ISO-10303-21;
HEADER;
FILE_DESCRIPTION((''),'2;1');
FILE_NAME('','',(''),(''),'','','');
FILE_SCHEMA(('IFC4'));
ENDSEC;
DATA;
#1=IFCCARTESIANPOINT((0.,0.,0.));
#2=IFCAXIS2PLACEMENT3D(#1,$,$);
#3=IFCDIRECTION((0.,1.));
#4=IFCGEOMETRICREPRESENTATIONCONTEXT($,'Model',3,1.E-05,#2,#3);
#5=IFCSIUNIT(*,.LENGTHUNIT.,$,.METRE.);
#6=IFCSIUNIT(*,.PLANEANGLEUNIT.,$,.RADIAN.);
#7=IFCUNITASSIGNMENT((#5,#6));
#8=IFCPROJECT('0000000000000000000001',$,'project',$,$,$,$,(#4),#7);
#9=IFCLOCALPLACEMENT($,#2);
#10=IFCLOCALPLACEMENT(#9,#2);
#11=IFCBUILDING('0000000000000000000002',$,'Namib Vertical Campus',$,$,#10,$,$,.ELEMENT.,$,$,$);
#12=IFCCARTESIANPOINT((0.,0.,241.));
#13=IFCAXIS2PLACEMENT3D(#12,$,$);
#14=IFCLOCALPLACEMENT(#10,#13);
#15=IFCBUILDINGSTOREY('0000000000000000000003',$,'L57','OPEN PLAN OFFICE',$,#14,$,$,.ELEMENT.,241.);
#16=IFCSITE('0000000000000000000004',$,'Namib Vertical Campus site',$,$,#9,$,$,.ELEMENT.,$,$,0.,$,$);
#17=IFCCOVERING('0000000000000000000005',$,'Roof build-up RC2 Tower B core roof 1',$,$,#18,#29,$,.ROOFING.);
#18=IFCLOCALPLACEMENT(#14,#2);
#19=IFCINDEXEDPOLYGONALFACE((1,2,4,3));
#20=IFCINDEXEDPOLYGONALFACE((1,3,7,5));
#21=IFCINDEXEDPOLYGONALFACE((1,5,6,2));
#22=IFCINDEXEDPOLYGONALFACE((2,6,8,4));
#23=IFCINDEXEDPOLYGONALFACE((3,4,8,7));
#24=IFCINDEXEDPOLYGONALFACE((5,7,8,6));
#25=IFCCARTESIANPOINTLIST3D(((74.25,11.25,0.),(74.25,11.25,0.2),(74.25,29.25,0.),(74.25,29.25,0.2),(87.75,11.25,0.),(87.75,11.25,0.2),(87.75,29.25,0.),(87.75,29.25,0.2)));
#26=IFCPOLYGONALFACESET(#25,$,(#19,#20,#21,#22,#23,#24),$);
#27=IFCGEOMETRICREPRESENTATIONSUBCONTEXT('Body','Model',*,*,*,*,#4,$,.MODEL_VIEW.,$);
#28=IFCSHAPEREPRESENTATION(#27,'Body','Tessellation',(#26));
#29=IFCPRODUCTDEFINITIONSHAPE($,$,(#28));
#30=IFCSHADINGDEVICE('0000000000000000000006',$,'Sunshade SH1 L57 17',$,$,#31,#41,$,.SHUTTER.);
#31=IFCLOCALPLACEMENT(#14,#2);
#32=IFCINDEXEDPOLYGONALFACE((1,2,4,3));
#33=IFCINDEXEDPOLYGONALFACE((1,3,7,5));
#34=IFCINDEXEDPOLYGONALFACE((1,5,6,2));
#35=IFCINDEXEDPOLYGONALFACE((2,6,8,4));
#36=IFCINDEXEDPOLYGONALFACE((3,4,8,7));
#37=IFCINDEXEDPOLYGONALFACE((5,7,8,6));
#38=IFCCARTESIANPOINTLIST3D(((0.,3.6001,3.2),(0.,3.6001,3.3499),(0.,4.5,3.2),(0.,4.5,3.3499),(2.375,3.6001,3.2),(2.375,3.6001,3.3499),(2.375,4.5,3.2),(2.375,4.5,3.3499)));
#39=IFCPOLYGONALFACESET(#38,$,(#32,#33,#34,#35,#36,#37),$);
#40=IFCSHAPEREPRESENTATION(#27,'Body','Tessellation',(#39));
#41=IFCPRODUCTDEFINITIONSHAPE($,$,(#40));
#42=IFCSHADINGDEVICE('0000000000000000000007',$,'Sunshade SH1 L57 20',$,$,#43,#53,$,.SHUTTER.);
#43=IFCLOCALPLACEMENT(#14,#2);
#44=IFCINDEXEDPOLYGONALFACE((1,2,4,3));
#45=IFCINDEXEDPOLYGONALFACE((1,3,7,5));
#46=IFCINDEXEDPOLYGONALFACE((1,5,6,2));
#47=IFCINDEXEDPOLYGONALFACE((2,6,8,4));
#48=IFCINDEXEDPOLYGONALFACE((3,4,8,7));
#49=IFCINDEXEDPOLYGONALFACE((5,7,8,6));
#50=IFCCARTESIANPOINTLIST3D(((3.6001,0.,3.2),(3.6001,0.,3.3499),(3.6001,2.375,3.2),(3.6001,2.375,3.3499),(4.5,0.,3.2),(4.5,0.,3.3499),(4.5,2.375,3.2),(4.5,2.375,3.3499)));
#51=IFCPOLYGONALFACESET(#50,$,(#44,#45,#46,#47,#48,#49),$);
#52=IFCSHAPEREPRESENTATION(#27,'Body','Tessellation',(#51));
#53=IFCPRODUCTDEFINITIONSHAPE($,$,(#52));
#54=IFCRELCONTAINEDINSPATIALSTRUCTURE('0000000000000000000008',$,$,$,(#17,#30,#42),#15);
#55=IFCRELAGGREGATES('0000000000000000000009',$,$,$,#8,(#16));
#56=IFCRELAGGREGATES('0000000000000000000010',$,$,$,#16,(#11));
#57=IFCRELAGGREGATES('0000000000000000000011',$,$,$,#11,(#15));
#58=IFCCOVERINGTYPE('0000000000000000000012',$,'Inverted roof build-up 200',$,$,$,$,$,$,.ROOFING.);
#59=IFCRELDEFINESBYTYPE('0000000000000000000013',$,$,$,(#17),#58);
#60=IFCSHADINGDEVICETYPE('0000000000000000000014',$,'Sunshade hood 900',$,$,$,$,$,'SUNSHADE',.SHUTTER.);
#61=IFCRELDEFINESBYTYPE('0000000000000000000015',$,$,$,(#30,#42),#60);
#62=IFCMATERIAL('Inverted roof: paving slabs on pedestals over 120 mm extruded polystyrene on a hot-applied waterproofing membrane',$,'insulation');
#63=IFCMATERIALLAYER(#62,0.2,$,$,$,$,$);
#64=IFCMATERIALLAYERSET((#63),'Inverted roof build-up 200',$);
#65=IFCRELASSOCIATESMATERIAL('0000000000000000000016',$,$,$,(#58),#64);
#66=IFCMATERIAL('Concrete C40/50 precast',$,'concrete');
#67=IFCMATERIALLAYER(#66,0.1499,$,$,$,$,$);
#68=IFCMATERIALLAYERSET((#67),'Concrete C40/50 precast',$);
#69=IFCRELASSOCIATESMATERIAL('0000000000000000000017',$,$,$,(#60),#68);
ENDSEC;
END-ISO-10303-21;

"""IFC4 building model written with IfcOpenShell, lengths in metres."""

from ifc_helpers import new_model, si_unit, direction, frame, origin, origin_2d, place, context, subcontext, project, spatial, polyline, rectangle, outline, extrude, material, layer, layer_set, type_object, element, save


model = new_model("IFC4")

# Units and contexts
model_context = context("Model", 3, precision=1e-05, world=origin(), true_north=direction((0.0, 1.0)))
body_context = subcontext(model_context, "Body", "Model", "MODEL_VIEW")
ifc_project = project(units=[si_unit("LENGTHUNIT", "METRE"), si_unit("PLANEANGLEUNIT", "RADIAN")], contexts=[model_context])

# Site, building, storey
site_placement = place(None, origin())
site = spatial("IfcSite", under=ifc_project, at=site_placement, Name="Namib Vertical Campus site", CompositionType="ELEMENT", RefElevation=0.0)
building_placement = place(site_placement, origin())
building = spatial("IfcBuilding", under=site, at=building_placement, Name="Namib Vertical Campus", CompositionType="ELEMENT")
storey_placement = place(building_placement, frame((0.0, 0.0, 241.0)))
storey = spatial("IfcBuildingStorey", under=building, at=storey_placement, Name="L57", Description="OPEN PLAN OFFICE", CompositionType="ELEMENT", Elevation=241.0)

# Covering
ifc_material_1 = material(Name="Inverted roof: paving slabs on pedestals over 120 mm extruded polystyrene on a hot-applied waterproofing membrane", Category="insulation")
ifc_layer_1 = layer(ifc_material_1, 0.2)
ifc_layer_set_1 = layer_set([ifc_layer_1], Name="Inverted roof build-up 200")
covering_type = type_object("IfcCoveringType", Name="Inverted roof build-up 200", PredefinedType="ROOFING", material=ifc_layer_set_1)
covering_placement = place(storey_placement, origin())
element("IfcCovering", 1, at=covering_placement, inside=storey, type_object=covering_type, Name="Roof build-up RC2 Tower B core roof 1", PredefinedType="ROOFING", context=body_context, shape_type="SweptSolid", body=[
    extrude(outline(polyline([(74.25, 29.25), (74.25, 11.25), (87.75, 11.25), (87.75, 29.25), (74.25, 29.25)])), origin(), (0.0, 0.0, 1.0), 0.2),
])

# Shading devices
ifc_material_2 = material(Name="Concrete C40/50 precast", Category="concrete")
ifc_layer_2 = layer(ifc_material_2, 0.1499)
ifc_layer_set_2 = layer_set([ifc_layer_2], Name="Concrete C40/50 precast")
shading_device_type = type_object("IfcShadingDeviceType", Name="Sunshade hood 900", ElementType="SUNSHADE", PredefinedType="SHUTTER", material=ifc_layer_set_2)
for number, where, z_axis, x_axis, name in (
    (2, (1.1875, 4.05, 3.2), (0.0, 0.0, 1.0), (1.0, 0.0, 0.0), "Sunshade SH1 L57 17"),
    (3, (4.05, 1.1875, 3.2), (0.0, 0.0, 1.0), (0.0, -1.0, 0.0), "Sunshade SH1 L57 20"),
):
    element("IfcShadingDevice", number, at=place(storey_placement, frame(where, z_axis=z_axis, x_axis=x_axis)), inside=storey, type_object=shading_device_type, Name=name, PredefinedType="SHUTTER", context=body_context, shape_type="SweptSolid", body=[
        extrude(rectangle(XDim=2.375, YDim=0.8999, at=origin_2d()), origin(), (0.0, 0.0, 1.0), 0.1499),
    ])

save(model, "model.ifc")
